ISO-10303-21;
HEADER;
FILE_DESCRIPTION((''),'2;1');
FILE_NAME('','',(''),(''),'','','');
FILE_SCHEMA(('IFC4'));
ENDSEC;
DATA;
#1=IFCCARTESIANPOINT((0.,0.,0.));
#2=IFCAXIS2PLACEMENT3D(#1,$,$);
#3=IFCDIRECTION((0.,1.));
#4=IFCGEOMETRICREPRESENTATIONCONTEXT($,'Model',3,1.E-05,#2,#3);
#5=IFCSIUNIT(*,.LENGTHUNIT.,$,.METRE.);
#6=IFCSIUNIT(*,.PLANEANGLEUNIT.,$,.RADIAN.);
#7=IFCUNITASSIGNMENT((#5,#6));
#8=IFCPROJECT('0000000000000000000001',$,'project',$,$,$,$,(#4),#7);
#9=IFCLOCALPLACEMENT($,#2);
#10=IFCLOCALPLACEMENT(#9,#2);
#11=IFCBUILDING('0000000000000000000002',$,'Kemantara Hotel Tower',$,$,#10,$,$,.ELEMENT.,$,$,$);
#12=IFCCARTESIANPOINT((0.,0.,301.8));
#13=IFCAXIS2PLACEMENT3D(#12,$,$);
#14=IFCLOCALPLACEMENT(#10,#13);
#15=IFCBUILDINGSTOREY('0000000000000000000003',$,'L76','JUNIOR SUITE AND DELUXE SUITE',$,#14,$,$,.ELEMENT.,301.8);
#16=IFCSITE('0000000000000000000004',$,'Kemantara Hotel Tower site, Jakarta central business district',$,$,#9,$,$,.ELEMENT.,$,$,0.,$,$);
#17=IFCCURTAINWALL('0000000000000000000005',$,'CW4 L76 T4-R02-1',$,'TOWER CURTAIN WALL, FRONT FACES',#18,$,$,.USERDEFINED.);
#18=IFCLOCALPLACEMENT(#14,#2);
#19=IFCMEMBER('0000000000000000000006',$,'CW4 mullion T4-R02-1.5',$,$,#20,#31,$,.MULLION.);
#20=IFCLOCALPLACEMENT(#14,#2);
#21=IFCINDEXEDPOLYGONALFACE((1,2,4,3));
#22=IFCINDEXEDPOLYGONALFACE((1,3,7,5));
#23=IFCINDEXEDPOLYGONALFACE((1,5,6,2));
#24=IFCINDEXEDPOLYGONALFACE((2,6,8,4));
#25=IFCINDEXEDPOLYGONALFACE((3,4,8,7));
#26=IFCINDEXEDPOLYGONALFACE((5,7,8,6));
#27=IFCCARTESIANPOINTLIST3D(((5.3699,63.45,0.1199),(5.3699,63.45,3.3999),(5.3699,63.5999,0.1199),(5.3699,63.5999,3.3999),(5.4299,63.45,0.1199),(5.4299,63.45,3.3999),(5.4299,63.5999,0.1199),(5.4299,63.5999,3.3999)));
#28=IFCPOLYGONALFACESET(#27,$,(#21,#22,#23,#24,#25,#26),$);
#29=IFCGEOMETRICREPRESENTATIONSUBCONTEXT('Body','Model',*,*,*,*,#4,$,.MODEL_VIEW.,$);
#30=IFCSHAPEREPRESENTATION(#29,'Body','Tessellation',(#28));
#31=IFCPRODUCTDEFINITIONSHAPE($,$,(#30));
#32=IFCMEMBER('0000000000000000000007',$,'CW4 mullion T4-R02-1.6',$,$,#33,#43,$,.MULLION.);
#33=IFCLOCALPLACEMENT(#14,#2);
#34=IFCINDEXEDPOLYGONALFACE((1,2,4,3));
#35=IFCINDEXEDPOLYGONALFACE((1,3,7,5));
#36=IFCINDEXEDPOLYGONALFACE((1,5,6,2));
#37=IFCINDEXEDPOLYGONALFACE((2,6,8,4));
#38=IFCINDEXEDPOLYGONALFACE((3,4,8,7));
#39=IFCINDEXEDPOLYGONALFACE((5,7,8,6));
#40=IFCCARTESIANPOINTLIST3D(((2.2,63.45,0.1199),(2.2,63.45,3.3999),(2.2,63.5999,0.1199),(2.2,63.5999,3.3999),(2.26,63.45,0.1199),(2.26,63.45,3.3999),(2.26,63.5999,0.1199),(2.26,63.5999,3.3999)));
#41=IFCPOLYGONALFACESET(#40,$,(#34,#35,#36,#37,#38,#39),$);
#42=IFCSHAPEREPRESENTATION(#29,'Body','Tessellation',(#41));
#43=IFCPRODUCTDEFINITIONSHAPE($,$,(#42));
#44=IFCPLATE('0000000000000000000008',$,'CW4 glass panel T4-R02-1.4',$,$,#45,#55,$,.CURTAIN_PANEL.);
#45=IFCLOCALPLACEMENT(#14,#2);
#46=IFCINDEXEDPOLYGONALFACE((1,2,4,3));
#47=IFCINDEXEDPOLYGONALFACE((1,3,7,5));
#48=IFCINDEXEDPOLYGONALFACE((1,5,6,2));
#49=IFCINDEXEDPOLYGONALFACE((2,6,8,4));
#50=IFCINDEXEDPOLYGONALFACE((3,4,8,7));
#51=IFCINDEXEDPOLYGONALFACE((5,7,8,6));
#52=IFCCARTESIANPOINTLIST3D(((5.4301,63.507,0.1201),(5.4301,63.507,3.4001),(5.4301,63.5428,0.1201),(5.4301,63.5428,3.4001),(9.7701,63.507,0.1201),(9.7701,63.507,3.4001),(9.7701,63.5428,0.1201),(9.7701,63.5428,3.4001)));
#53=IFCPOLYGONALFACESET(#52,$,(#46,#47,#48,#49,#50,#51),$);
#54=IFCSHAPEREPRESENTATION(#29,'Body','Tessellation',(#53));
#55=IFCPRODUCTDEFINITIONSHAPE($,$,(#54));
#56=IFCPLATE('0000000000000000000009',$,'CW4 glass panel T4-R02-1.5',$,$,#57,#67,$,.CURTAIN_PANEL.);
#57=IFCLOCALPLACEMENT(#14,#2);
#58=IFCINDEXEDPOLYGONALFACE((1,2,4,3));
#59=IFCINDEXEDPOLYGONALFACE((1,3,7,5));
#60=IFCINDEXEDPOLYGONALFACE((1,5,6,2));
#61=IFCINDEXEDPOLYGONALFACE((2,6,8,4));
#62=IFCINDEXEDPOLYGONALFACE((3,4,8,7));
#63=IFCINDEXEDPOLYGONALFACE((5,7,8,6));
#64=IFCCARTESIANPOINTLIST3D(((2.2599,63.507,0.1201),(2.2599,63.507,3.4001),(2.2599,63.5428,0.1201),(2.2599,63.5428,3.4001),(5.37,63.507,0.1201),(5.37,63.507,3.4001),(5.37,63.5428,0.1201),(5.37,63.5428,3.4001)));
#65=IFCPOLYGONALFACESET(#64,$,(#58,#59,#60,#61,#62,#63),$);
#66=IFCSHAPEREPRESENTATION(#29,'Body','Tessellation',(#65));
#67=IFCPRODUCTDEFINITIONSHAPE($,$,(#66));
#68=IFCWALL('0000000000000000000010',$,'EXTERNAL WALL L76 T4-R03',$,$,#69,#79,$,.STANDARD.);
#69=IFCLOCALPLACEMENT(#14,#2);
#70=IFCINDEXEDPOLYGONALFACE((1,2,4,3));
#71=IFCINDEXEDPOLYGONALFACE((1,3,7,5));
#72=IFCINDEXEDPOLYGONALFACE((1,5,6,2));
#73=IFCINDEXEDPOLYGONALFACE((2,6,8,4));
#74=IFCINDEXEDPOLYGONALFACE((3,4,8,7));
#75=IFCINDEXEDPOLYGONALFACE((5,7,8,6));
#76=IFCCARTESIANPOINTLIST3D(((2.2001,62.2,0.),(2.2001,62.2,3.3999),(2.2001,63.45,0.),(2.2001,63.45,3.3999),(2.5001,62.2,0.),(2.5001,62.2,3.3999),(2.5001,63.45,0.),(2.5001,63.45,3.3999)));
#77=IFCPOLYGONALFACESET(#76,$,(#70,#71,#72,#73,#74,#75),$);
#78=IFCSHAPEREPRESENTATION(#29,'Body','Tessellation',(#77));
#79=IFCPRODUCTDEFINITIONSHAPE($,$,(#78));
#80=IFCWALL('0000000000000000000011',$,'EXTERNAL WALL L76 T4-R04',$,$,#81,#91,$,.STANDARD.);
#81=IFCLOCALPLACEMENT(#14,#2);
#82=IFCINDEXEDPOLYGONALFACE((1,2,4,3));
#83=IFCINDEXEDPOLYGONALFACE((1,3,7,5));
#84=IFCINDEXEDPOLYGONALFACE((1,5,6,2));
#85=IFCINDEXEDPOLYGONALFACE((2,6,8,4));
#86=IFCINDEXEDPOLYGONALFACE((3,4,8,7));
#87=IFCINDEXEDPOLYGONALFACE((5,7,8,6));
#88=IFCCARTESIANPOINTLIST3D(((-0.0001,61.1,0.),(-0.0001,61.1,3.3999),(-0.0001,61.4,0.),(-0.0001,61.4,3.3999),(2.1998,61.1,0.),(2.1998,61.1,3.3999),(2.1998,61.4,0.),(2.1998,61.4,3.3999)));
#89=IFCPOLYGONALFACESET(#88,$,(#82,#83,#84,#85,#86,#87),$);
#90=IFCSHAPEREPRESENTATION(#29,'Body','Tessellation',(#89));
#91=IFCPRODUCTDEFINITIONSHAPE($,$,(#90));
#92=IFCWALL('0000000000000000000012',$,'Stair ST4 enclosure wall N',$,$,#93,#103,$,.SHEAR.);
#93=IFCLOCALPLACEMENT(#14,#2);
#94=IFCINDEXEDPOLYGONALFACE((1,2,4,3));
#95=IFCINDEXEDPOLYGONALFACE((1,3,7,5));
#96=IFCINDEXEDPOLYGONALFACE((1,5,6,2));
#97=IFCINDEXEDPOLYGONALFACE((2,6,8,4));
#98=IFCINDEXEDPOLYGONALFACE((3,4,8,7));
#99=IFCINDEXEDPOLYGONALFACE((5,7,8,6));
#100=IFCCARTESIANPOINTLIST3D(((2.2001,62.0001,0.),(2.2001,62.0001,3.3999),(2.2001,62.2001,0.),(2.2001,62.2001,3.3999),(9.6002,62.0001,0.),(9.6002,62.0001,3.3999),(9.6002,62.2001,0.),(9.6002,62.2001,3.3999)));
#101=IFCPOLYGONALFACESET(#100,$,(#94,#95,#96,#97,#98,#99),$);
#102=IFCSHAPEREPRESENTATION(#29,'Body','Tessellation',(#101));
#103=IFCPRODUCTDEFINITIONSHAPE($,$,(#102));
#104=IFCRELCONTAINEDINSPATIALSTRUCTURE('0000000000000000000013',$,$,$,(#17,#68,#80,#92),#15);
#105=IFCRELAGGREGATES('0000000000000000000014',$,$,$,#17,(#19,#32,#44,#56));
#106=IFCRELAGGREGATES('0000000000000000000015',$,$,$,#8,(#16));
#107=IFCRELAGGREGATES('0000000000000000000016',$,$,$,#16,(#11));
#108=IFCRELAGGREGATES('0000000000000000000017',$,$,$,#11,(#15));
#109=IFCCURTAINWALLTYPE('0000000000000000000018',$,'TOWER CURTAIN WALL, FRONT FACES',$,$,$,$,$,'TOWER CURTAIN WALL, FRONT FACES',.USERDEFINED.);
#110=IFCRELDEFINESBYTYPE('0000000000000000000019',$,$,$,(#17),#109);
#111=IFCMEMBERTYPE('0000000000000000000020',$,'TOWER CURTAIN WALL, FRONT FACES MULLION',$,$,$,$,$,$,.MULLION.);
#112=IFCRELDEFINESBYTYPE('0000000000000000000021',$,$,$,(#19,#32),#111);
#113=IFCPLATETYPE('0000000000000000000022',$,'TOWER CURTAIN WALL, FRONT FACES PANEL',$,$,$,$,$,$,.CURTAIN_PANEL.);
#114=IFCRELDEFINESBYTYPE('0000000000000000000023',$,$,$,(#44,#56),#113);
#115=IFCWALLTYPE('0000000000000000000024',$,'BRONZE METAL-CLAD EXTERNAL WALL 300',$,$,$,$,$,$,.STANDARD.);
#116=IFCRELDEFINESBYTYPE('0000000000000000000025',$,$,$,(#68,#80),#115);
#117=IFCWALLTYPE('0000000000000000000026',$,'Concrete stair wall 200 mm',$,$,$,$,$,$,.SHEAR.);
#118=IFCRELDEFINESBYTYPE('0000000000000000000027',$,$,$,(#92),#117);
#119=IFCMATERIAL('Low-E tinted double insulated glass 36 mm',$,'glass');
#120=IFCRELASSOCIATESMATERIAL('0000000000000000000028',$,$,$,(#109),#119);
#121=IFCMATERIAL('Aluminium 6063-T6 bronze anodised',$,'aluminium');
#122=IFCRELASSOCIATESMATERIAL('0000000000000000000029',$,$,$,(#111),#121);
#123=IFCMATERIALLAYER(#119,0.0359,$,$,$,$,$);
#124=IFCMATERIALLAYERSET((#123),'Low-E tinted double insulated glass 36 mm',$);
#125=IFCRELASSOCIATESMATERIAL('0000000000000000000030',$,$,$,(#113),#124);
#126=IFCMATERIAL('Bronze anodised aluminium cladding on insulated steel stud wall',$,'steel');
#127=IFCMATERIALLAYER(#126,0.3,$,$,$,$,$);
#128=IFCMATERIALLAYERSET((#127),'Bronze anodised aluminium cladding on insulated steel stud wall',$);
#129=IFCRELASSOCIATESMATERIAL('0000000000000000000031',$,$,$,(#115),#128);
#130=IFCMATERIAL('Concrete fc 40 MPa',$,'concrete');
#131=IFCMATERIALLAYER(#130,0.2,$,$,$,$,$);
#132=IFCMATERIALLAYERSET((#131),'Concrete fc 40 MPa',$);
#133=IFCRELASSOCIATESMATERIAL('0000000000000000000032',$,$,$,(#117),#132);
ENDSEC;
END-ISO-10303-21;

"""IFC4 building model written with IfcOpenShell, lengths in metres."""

from ifc_helpers import new_model, si_unit, direction, frame, frame_2d, origin, origin_2d, place, context, subcontext, project, spatial, rectangle, extrude, source, transform, mapped, material, layer, layer_set, material_profile, profile_set, type_object, element, aggregate, save


model = new_model("IFC4")

# Units and contexts
model_context = context("Model", 3, precision=1e-05, world=origin(), true_north=direction((0.0, 1.0)))
body_context = subcontext(model_context, "Body", "Model", "MODEL_VIEW")
ifc_project = project(units=[si_unit("LENGTHUNIT", "METRE"), si_unit("PLANEANGLEUNIT", "RADIAN")], contexts=[model_context])

# Site, building, storey
site_placement = place(None, origin())
site = spatial("IfcSite", under=ifc_project, at=site_placement, Name="Kemantara Hotel Tower site, Jakarta central business district", CompositionType="ELEMENT", RefElevation=0.0)
building_placement = place(site_placement, origin())
building = spatial("IfcBuilding", under=site, at=building_placement, Name="Kemantara Hotel Tower", CompositionType="ELEMENT")
storey_placement = place(building_placement, frame((0.0, 0.0, 301.8)))
storey = spatial("IfcBuildingStorey", under=building, at=storey_placement, Name="L76", Description="JUNIOR SUITE AND DELUXE SUITE", CompositionType="ELEMENT", Elevation=301.8)

# Curtain wall, members, plates
ifc_material_1 = material(Name="Low-E tinted double insulated glass 36 mm", Category="glass")
curtain_wall_type = type_object("IfcCurtainWallType", Name="TOWER CURTAIN WALL, FRONT FACES", ElementType="TOWER CURTAIN WALL, FRONT FACES", PredefinedType="USERDEFINED", material=ifc_material_1)
curtain_wall_placement = place(storey_placement, origin())
curtain_wall = element("IfcCurtainWall", 1, at=curtain_wall_placement, inside=storey, type_object=curtain_wall_type, Name="CW4 L76 T4-R02-1", ObjectType="TOWER CURTAIN WALL, FRONT FACES", PredefinedType="USERDEFINED")
ifc_material_2 = material(Name="Aluminium 6063-T6 bronze anodised", Category="aluminium")
ifc_material_profile = material_profile(ifc_material_2, rectangle(XDim=0.1499, YDim=0.0601, at=origin_2d()), Name="TOWER CURTAIN WALL, FRONT FACES MULLION")
ifc_profile_set = profile_set([ifc_material_profile], Name="Aluminium 6063-T6 bronze anodised")
member_type = type_object("IfcMemberType", Name="TOWER CURTAIN WALL, FRONT FACES MULLION", PredefinedType="MULLION", material=ifc_profile_set)
shared_shape_1 = source(origin(), body_context, "Body", "SweptSolid", [
    extrude(rectangle(XDim=0.1499, YDim=0.0601, at=origin_2d()), origin(), (0.0, 0.0, 1.0), 3.28),
])
member_1_placement = place(storey_placement, frame((5.3999, 63.5249, 0.1199), z_axis=(0.0, 0.0, 1.0), x_axis=(0.0, -1.0, 0.0)))
member_1 = element("IfcMember", 2, at=member_1_placement, type_object=member_type, Name="CW4 mullion T4-R02-1.5", PredefinedType="MULLION", context=body_context, shape_type="MappedRepresentation", body=[
    mapped(shared_shape_1, transform((0.0, 0.0, 0.0))),
])
member_2_placement = place(storey_placement, frame((2.23, 63.5249, 0.1199), z_axis=(0.0, 0.0, 1.0), x_axis=(0.0, -1.0, 0.0)))
member_2 = element("IfcMember", 3, at=member_2_placement, type_object=member_type, Name="CW4 mullion T4-R02-1.6", PredefinedType="MULLION", context=body_context, shape_type="MappedRepresentation", body=[
    mapped(shared_shape_1, transform((0.0, 0.0, 0.0))),
])
ifc_layer_1 = layer(ifc_material_1, 0.0359)
ifc_layer_set_1 = layer_set([ifc_layer_1], Name="Low-E tinted double insulated glass 36 mm")
plate_type = type_object("IfcPlateType", Name="TOWER CURTAIN WALL, FRONT FACES PANEL", PredefinedType="CURTAIN_PANEL", material=ifc_layer_set_1)
shared_shape_2 = source(origin(), body_context, "Body", "SweptSolid", [
    extrude(rectangle(XDim=4.3401, YDim=0.0359, at=origin_2d()), origin(), (0.0, 0.0, 1.0), 3.28),
])
plate_1_placement = place(storey_placement, frame((7.6001, 63.5249, 0.1201), z_axis=(0.0, 0.0, 1.0), x_axis=(-1.0, 0.0, 0.0)))
plate_1 = element("IfcPlate", 4, at=plate_1_placement, type_object=plate_type, Name="CW4 glass panel T4-R02-1.4", PredefinedType="CURTAIN_PANEL", context=body_context, shape_type="MappedRepresentation", body=[
    mapped(shared_shape_2, transform((0.0, 0.0, 0.0))),
])
shared_shape_3 = source(origin(), body_context, "Body", "SweptSolid", [
    extrude(rectangle(XDim=3.1101, YDim=0.0359, at=origin_2d()), origin(), (0.0, 0.0, 1.0), 3.28),
])
plate_2_placement = place(storey_placement, frame((3.8149, 63.5249, 0.1201), z_axis=(0.0, 0.0, 1.0), x_axis=(-1.0, 0.0, 0.0)))
plate_2 = element("IfcPlate", 5, at=plate_2_placement, type_object=plate_type, Name="CW4 glass panel T4-R02-1.5", PredefinedType="CURTAIN_PANEL", context=body_context, shape_type="MappedRepresentation", body=[
    mapped(shared_shape_3, transform((0.0, 0.0, 0.0))),
])
aggregate(curtain_wall, [member_1, member_2, plate_1, plate_2])

# Walls
ifc_material_3 = material(Name="Bronze anodised aluminium cladding on insulated steel stud wall", Category="steel")
ifc_layer_2 = layer(ifc_material_3, 0.3)
ifc_layer_set_2 = layer_set([ifc_layer_2], Name="Bronze anodised aluminium cladding on insulated steel stud wall")
wall_type_1 = type_object("IfcWallType", Name="BRONZE METAL-CLAD EXTERNAL WALL 300", PredefinedType="STANDARD", material=ifc_layer_set_2)
wall_1_placement = place(storey_placement, frame((2.3501, 63.45, 0.0), z_axis=(0.0, 0.0, 1.0), x_axis=(0.0, -1.0, 0.0)))
element("IfcWall", 6, at=wall_1_placement, inside=storey, type_object=wall_type_1, Name="EXTERNAL WALL L76 T4-R03", PredefinedType="STANDARD", context=body_context, shape_type="SweptSolid", body=[
    extrude(rectangle(XDim=1.25, YDim=0.3, at=frame_2d((0.625, 0.0))), origin(), (0.0, 0.0, 1.0), 3.3999),
])
wall_2_placement = place(storey_placement, frame((2.2, 61.25, 0.0), z_axis=(0.0, 0.0, 1.0), x_axis=(-1.0, 0.0, 0.0)))
element("IfcWall", 7, at=wall_2_placement, inside=storey, type_object=wall_type_1, Name="EXTERNAL WALL L76 T4-R04", PredefinedType="STANDARD", context=body_context, shape_type="SweptSolid", body=[
    extrude(rectangle(XDim=2.2, YDim=0.3, at=frame_2d((1.1001, 0.0))), origin(), (0.0, 0.0, 1.0), 3.3999),
])

# Wall
ifc_material_4 = material(Name="Concrete fc 40 MPa", Category="concrete")
ifc_layer_3 = layer(ifc_material_4, 0.2)
ifc_layer_set_3 = layer_set([ifc_layer_3], Name="Concrete fc 40 MPa")
wall_type_2 = type_object("IfcWallType", Name="Concrete stair wall 200 mm", PredefinedType="SHEAR", material=ifc_layer_set_3)
wall_3_placement = place(storey_placement, frame((2.2, 62.1001, 0.0), z_axis=(0.0, 0.0, 1.0), x_axis=(1.0, 0.0, 0.0)))
element("IfcWall", 8, at=wall_3_placement, inside=storey, type_object=wall_type_2, Name="Stair ST4 enclosure wall N", PredefinedType="SHEAR", context=body_context, shape_type="SweptSolid", body=[
    extrude(rectangle(XDim=7.4001, YDim=0.2, at=frame_2d((3.7002, 0.0))), origin(), (0.0, 0.0, 1.0), 3.3999),
])

save(model, "model.ifc")
